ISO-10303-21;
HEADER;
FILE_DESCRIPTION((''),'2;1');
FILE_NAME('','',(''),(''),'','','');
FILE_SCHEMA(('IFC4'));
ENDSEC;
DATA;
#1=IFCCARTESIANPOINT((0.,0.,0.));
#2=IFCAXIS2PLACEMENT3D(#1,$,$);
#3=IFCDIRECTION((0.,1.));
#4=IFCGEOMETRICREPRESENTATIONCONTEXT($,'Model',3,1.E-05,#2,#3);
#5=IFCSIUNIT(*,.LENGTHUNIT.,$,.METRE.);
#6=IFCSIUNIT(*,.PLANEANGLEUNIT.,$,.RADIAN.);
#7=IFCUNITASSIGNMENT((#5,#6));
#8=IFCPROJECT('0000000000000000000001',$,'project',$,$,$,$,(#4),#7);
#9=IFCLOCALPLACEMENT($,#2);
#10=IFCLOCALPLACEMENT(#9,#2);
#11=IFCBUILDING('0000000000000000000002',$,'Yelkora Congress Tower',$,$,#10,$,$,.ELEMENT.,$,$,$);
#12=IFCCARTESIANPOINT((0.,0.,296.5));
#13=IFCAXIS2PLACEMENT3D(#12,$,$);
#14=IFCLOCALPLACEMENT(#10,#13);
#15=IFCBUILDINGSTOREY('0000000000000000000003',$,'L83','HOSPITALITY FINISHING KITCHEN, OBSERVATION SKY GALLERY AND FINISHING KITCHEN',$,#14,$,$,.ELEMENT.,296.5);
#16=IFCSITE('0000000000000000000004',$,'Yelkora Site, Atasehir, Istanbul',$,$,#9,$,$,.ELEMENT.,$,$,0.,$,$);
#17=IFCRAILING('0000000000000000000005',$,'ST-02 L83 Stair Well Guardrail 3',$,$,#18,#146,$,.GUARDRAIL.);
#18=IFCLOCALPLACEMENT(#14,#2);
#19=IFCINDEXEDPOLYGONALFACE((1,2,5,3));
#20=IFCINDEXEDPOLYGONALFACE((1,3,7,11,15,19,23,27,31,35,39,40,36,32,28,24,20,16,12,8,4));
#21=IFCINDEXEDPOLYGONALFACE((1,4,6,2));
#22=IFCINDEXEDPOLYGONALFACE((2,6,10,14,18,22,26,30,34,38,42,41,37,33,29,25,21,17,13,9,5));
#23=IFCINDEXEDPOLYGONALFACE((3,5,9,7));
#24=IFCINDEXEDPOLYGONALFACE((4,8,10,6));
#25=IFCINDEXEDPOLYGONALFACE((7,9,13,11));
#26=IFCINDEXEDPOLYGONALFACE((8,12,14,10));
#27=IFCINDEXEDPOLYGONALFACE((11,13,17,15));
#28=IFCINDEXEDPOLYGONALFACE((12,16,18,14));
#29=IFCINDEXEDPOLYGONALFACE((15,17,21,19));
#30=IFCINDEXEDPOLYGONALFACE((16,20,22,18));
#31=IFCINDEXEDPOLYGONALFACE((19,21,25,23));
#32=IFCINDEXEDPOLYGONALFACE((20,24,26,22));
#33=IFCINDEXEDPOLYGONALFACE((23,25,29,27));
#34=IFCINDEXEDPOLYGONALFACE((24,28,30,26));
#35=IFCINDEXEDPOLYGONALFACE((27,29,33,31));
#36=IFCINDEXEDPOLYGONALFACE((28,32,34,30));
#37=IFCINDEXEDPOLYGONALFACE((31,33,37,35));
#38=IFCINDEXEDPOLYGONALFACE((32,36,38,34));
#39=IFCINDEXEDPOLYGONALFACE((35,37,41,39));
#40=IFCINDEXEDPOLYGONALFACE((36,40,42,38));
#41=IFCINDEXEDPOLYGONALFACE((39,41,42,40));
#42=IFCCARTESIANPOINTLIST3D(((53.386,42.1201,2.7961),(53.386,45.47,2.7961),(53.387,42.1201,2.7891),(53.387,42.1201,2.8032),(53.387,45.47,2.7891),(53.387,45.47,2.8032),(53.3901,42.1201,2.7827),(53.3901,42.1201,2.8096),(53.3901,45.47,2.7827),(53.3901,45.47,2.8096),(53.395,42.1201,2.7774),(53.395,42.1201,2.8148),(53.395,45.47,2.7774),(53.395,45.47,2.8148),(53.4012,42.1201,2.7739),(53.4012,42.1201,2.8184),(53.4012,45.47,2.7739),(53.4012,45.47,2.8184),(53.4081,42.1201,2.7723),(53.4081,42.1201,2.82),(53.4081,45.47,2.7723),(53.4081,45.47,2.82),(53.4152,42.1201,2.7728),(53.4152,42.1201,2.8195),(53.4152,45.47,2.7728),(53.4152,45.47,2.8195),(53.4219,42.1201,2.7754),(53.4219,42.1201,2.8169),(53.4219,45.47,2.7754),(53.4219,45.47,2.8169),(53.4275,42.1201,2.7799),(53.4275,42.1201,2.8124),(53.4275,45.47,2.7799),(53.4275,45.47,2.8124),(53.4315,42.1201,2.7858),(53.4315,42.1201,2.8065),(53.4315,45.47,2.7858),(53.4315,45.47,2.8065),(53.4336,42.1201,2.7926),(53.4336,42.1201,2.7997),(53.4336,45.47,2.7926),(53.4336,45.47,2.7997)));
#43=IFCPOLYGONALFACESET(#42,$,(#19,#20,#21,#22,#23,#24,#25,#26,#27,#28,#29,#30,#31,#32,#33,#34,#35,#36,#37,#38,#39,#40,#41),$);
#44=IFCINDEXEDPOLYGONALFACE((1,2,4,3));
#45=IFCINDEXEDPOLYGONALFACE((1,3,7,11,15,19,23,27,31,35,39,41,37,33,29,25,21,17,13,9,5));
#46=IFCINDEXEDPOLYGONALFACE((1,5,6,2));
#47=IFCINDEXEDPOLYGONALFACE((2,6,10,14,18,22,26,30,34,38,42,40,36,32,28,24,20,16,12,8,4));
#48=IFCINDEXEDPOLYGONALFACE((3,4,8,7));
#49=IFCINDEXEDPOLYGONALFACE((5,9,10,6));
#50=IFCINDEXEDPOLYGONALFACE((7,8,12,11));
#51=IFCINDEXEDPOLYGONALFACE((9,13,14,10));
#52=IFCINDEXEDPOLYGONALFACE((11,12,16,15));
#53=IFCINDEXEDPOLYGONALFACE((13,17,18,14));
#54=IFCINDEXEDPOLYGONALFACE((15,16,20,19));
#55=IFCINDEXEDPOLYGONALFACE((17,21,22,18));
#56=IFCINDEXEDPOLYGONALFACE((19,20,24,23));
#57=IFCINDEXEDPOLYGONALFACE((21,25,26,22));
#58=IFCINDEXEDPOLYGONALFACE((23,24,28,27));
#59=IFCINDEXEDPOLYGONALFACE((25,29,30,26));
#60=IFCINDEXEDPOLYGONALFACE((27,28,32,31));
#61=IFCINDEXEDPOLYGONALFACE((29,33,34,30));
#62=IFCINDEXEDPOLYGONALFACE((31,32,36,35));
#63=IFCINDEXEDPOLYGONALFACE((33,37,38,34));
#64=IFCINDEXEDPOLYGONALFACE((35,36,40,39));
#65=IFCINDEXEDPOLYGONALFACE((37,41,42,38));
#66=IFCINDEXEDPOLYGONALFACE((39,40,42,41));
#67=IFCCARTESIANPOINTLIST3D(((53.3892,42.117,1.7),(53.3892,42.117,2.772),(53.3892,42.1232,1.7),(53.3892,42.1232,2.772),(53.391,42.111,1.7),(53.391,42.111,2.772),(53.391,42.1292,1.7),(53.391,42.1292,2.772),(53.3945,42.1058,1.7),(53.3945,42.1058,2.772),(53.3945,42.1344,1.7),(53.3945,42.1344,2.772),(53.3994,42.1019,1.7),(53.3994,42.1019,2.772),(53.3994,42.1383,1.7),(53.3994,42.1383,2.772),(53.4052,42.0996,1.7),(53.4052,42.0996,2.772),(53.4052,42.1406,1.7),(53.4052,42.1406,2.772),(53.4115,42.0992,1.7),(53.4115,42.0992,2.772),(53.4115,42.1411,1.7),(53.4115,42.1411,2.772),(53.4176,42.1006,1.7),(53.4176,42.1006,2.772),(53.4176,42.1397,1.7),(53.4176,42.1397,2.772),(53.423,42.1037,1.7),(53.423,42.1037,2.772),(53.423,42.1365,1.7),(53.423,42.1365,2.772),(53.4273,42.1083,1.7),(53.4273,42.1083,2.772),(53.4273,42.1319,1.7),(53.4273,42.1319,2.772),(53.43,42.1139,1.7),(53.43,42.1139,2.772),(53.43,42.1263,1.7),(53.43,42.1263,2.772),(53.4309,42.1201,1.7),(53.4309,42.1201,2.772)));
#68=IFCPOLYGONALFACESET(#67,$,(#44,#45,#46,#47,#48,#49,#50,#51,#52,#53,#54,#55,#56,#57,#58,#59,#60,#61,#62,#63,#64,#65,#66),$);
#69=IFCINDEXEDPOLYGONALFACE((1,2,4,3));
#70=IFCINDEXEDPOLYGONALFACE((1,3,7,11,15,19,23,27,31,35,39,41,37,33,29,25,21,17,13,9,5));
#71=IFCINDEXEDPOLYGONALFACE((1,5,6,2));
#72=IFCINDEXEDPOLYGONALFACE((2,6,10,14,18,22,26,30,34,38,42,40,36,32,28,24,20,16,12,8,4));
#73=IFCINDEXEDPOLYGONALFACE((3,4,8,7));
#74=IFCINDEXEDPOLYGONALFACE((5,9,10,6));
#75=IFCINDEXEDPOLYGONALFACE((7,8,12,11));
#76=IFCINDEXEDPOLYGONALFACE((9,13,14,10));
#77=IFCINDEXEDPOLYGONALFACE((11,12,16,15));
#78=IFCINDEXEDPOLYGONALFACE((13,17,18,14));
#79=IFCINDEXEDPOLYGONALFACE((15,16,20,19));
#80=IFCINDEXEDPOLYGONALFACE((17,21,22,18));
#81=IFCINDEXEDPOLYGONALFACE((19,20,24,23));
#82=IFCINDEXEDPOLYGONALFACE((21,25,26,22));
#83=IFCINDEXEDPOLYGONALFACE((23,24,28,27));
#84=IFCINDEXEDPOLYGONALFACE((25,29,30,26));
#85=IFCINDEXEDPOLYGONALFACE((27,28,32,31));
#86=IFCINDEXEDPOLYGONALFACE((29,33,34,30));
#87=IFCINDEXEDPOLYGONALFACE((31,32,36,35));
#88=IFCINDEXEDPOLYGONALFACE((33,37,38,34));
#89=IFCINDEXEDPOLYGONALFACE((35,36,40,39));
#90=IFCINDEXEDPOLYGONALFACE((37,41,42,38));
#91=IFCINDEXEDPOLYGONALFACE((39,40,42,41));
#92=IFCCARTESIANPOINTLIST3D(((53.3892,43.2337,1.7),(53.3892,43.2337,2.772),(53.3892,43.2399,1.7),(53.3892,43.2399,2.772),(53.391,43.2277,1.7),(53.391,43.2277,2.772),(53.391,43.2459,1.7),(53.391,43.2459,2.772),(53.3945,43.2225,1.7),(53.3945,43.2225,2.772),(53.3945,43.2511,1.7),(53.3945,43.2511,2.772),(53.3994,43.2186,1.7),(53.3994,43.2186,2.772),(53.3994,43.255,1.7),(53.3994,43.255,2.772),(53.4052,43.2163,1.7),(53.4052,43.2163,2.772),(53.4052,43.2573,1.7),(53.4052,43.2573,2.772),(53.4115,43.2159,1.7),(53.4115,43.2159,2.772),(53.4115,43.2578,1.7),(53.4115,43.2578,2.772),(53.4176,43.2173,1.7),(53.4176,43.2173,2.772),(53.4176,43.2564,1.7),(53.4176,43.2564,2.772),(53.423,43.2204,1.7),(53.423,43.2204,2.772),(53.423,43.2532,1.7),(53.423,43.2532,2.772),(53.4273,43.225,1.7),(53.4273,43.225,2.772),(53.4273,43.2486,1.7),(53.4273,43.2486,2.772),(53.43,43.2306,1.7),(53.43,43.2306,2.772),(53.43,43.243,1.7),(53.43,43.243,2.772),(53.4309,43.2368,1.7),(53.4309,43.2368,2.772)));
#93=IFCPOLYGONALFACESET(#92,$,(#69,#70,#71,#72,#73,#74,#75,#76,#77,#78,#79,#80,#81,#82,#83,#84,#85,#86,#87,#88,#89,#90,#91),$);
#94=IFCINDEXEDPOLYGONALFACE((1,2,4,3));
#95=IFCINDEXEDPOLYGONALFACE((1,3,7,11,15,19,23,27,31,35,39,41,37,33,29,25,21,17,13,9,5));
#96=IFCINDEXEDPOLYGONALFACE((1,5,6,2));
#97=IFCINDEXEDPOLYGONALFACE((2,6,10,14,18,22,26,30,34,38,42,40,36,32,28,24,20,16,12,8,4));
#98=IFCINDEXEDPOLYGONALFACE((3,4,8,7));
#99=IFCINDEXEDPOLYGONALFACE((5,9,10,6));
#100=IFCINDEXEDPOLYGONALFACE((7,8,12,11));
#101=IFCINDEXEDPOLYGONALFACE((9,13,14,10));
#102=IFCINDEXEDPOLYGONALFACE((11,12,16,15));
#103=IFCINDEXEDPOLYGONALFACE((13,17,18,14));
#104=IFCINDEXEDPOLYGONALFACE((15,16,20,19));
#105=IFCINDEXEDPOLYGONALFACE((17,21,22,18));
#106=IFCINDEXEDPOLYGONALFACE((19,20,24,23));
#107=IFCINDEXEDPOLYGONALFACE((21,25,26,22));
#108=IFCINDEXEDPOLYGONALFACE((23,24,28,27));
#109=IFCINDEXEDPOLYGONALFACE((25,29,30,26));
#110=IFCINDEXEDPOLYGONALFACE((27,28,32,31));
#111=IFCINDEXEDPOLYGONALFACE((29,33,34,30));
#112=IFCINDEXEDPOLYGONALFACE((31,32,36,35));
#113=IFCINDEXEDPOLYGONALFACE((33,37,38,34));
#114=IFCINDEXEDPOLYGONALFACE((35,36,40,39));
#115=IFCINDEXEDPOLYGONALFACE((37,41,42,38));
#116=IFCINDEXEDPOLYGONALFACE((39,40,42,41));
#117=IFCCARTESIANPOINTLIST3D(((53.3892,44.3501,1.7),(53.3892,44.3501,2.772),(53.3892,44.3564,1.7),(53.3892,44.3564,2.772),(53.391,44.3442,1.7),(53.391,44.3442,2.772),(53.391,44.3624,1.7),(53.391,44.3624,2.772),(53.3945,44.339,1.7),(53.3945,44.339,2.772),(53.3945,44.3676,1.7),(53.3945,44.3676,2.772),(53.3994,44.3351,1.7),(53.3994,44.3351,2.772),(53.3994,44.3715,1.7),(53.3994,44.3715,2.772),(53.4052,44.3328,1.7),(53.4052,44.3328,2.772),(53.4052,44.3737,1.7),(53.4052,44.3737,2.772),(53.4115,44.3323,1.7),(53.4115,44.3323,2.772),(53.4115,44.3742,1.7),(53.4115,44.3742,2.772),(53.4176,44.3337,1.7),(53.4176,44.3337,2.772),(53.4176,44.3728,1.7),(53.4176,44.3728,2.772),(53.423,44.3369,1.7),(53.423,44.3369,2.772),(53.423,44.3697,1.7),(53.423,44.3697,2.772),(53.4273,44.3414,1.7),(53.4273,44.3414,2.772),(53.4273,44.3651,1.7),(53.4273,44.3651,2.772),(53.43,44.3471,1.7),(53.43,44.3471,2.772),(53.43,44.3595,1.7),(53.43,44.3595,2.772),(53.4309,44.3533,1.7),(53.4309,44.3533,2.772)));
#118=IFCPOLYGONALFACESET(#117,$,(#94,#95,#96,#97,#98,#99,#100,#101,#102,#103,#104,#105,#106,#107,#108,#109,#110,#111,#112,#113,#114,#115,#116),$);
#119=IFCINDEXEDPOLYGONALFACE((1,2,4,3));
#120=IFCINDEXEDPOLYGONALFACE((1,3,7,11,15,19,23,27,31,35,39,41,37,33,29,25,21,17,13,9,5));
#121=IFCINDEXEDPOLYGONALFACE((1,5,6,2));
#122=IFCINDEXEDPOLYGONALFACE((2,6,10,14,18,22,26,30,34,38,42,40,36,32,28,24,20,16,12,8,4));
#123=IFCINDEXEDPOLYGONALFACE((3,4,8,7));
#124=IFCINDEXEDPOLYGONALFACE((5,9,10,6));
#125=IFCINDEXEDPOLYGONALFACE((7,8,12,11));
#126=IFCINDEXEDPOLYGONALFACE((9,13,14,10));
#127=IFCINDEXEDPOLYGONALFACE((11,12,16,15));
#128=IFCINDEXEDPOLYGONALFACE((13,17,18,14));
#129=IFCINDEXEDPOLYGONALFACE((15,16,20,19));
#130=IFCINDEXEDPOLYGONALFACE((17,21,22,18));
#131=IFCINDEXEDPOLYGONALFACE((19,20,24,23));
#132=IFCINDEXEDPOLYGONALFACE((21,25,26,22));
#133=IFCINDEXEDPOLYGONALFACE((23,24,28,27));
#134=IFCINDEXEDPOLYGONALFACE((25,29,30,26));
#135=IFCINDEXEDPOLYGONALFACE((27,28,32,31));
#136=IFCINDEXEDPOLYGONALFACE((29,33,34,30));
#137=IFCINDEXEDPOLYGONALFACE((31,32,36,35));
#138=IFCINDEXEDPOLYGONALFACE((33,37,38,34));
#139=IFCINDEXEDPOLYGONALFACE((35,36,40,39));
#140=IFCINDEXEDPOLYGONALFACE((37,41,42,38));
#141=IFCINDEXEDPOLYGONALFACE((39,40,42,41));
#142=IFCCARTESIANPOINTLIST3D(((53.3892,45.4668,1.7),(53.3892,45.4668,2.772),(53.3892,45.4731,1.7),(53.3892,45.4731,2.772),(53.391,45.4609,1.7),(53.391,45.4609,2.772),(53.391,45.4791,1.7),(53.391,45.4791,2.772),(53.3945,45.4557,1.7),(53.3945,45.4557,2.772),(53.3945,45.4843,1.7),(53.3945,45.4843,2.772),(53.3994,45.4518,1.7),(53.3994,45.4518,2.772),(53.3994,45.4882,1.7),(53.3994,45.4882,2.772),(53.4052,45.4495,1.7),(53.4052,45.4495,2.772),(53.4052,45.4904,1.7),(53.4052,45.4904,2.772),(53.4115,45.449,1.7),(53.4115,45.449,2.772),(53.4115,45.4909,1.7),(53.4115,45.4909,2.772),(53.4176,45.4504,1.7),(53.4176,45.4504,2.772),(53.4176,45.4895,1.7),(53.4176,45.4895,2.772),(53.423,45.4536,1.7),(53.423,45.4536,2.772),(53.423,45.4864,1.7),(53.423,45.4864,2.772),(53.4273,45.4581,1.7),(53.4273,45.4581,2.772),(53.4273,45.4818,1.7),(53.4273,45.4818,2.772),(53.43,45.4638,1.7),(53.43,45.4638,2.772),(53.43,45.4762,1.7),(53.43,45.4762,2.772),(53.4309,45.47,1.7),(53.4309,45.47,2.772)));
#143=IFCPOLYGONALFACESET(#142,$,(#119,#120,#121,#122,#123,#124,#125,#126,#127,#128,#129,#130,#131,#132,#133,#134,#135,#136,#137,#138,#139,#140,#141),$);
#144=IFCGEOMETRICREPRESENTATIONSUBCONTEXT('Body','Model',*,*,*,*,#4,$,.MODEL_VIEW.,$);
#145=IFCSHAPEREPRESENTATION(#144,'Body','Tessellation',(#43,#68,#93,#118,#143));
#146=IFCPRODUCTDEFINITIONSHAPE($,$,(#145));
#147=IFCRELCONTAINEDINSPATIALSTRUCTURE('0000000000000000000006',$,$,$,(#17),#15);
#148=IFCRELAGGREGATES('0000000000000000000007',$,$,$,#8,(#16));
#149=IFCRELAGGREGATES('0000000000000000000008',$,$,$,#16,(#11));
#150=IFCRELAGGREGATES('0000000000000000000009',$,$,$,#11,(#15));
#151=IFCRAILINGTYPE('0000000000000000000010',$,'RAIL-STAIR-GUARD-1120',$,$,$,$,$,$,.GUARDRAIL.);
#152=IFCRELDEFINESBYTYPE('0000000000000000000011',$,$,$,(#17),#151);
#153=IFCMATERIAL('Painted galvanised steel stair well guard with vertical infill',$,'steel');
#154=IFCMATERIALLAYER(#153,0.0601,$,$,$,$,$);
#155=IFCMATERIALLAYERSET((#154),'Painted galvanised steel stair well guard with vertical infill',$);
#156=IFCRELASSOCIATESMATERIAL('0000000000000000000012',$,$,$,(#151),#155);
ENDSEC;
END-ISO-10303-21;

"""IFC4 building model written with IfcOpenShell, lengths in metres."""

from ifc_helpers import new_model, si_unit, direction, frame, origin, origin_2d, place, context, subcontext, project, spatial, circle, extrude, material, layer, layer_set, type_object, element, save


model = new_model("IFC4")

# Units and contexts
model_context = context("Model", 3, precision=1e-05, world=origin(), true_north=direction((0.0, 1.0)))
body_context = subcontext(model_context, "Body", "Model", "MODEL_VIEW")
ifc_project = project(units=[si_unit("LENGTHUNIT", "METRE"), si_unit("PLANEANGLEUNIT", "RADIAN")], contexts=[model_context])

# Site, building, storey
site_placement = place(None, origin())
site = spatial("IfcSite", under=ifc_project, at=site_placement, Name="Yelkora Site, Atasehir, Istanbul", CompositionType="ELEMENT", RefElevation=0.0)
building_placement = place(site_placement, origin())
building = spatial("IfcBuilding", under=site, at=building_placement, Name="Yelkora Congress Tower", CompositionType="ELEMENT")
storey_placement = place(building_placement, frame((0.0, 0.0, 296.5)))
storey = spatial("IfcBuildingStorey", under=building, at=storey_placement, Name="L83", Description="HOSPITALITY FINISHING KITCHEN, OBSERVATION SKY GALLERY AND FINISHING KITCHEN", CompositionType="ELEMENT", Elevation=296.5)

# Railing
ifc_material_1 = material(Name="Painted galvanised steel stair well guard with vertical infill", Category="steel")
ifc_layer_1 = layer(ifc_material_1, 0.0601)
ifc_layer_set_1 = layer_set([ifc_layer_1], Name="Painted galvanised steel stair well guard with vertical infill")
railing_type = type_object("IfcRailingType", Name="RAIL-STAIR-GUARD-1120", PredefinedType="GUARDRAIL", material=ifc_layer_set_1)
railing_1_placement = place(storey_placement, frame((53.4099, 42.1201, 1.7)))
element("IfcRailing", 1, at=railing_1_placement, inside=storey, type_object=railing_type, Name="ST-02 L83 Stair Well Guardrail 3", PredefinedType="GUARDRAIL", context=body_context, shape_type="SweptSolid", body=[
    extrude(circle(Radius=0.0239, at=origin_2d()), frame((0.0, 0.0, 1.0962), z_axis=(0.0, 1.0, 0.0), x_axis=(-1.0, 0.0, 0.0)), (0.0, 0.0, 1.0), 3.3499),
    extrude(circle(Radius=0.021, at=origin_2d()), origin(), (0.0, 0.0, 1.0), 1.072),
    extrude(circle(Radius=0.021, at=origin_2d()), frame((0.0, 1.1167, 0.0)), (0.0, 0.0, 1.0), 1.072),
    extrude(circle(Radius=0.021, at=origin_2d()), frame((0.0, 2.2332, 0.0)), (0.0, 0.0, 1.0), 1.072),
    extrude(circle(Radius=0.021, at=origin_2d()), frame((0.0, 3.3499, 0.0)), (0.0, 0.0, 1.0), 1.072),
])

save(model, "model.ifc")
